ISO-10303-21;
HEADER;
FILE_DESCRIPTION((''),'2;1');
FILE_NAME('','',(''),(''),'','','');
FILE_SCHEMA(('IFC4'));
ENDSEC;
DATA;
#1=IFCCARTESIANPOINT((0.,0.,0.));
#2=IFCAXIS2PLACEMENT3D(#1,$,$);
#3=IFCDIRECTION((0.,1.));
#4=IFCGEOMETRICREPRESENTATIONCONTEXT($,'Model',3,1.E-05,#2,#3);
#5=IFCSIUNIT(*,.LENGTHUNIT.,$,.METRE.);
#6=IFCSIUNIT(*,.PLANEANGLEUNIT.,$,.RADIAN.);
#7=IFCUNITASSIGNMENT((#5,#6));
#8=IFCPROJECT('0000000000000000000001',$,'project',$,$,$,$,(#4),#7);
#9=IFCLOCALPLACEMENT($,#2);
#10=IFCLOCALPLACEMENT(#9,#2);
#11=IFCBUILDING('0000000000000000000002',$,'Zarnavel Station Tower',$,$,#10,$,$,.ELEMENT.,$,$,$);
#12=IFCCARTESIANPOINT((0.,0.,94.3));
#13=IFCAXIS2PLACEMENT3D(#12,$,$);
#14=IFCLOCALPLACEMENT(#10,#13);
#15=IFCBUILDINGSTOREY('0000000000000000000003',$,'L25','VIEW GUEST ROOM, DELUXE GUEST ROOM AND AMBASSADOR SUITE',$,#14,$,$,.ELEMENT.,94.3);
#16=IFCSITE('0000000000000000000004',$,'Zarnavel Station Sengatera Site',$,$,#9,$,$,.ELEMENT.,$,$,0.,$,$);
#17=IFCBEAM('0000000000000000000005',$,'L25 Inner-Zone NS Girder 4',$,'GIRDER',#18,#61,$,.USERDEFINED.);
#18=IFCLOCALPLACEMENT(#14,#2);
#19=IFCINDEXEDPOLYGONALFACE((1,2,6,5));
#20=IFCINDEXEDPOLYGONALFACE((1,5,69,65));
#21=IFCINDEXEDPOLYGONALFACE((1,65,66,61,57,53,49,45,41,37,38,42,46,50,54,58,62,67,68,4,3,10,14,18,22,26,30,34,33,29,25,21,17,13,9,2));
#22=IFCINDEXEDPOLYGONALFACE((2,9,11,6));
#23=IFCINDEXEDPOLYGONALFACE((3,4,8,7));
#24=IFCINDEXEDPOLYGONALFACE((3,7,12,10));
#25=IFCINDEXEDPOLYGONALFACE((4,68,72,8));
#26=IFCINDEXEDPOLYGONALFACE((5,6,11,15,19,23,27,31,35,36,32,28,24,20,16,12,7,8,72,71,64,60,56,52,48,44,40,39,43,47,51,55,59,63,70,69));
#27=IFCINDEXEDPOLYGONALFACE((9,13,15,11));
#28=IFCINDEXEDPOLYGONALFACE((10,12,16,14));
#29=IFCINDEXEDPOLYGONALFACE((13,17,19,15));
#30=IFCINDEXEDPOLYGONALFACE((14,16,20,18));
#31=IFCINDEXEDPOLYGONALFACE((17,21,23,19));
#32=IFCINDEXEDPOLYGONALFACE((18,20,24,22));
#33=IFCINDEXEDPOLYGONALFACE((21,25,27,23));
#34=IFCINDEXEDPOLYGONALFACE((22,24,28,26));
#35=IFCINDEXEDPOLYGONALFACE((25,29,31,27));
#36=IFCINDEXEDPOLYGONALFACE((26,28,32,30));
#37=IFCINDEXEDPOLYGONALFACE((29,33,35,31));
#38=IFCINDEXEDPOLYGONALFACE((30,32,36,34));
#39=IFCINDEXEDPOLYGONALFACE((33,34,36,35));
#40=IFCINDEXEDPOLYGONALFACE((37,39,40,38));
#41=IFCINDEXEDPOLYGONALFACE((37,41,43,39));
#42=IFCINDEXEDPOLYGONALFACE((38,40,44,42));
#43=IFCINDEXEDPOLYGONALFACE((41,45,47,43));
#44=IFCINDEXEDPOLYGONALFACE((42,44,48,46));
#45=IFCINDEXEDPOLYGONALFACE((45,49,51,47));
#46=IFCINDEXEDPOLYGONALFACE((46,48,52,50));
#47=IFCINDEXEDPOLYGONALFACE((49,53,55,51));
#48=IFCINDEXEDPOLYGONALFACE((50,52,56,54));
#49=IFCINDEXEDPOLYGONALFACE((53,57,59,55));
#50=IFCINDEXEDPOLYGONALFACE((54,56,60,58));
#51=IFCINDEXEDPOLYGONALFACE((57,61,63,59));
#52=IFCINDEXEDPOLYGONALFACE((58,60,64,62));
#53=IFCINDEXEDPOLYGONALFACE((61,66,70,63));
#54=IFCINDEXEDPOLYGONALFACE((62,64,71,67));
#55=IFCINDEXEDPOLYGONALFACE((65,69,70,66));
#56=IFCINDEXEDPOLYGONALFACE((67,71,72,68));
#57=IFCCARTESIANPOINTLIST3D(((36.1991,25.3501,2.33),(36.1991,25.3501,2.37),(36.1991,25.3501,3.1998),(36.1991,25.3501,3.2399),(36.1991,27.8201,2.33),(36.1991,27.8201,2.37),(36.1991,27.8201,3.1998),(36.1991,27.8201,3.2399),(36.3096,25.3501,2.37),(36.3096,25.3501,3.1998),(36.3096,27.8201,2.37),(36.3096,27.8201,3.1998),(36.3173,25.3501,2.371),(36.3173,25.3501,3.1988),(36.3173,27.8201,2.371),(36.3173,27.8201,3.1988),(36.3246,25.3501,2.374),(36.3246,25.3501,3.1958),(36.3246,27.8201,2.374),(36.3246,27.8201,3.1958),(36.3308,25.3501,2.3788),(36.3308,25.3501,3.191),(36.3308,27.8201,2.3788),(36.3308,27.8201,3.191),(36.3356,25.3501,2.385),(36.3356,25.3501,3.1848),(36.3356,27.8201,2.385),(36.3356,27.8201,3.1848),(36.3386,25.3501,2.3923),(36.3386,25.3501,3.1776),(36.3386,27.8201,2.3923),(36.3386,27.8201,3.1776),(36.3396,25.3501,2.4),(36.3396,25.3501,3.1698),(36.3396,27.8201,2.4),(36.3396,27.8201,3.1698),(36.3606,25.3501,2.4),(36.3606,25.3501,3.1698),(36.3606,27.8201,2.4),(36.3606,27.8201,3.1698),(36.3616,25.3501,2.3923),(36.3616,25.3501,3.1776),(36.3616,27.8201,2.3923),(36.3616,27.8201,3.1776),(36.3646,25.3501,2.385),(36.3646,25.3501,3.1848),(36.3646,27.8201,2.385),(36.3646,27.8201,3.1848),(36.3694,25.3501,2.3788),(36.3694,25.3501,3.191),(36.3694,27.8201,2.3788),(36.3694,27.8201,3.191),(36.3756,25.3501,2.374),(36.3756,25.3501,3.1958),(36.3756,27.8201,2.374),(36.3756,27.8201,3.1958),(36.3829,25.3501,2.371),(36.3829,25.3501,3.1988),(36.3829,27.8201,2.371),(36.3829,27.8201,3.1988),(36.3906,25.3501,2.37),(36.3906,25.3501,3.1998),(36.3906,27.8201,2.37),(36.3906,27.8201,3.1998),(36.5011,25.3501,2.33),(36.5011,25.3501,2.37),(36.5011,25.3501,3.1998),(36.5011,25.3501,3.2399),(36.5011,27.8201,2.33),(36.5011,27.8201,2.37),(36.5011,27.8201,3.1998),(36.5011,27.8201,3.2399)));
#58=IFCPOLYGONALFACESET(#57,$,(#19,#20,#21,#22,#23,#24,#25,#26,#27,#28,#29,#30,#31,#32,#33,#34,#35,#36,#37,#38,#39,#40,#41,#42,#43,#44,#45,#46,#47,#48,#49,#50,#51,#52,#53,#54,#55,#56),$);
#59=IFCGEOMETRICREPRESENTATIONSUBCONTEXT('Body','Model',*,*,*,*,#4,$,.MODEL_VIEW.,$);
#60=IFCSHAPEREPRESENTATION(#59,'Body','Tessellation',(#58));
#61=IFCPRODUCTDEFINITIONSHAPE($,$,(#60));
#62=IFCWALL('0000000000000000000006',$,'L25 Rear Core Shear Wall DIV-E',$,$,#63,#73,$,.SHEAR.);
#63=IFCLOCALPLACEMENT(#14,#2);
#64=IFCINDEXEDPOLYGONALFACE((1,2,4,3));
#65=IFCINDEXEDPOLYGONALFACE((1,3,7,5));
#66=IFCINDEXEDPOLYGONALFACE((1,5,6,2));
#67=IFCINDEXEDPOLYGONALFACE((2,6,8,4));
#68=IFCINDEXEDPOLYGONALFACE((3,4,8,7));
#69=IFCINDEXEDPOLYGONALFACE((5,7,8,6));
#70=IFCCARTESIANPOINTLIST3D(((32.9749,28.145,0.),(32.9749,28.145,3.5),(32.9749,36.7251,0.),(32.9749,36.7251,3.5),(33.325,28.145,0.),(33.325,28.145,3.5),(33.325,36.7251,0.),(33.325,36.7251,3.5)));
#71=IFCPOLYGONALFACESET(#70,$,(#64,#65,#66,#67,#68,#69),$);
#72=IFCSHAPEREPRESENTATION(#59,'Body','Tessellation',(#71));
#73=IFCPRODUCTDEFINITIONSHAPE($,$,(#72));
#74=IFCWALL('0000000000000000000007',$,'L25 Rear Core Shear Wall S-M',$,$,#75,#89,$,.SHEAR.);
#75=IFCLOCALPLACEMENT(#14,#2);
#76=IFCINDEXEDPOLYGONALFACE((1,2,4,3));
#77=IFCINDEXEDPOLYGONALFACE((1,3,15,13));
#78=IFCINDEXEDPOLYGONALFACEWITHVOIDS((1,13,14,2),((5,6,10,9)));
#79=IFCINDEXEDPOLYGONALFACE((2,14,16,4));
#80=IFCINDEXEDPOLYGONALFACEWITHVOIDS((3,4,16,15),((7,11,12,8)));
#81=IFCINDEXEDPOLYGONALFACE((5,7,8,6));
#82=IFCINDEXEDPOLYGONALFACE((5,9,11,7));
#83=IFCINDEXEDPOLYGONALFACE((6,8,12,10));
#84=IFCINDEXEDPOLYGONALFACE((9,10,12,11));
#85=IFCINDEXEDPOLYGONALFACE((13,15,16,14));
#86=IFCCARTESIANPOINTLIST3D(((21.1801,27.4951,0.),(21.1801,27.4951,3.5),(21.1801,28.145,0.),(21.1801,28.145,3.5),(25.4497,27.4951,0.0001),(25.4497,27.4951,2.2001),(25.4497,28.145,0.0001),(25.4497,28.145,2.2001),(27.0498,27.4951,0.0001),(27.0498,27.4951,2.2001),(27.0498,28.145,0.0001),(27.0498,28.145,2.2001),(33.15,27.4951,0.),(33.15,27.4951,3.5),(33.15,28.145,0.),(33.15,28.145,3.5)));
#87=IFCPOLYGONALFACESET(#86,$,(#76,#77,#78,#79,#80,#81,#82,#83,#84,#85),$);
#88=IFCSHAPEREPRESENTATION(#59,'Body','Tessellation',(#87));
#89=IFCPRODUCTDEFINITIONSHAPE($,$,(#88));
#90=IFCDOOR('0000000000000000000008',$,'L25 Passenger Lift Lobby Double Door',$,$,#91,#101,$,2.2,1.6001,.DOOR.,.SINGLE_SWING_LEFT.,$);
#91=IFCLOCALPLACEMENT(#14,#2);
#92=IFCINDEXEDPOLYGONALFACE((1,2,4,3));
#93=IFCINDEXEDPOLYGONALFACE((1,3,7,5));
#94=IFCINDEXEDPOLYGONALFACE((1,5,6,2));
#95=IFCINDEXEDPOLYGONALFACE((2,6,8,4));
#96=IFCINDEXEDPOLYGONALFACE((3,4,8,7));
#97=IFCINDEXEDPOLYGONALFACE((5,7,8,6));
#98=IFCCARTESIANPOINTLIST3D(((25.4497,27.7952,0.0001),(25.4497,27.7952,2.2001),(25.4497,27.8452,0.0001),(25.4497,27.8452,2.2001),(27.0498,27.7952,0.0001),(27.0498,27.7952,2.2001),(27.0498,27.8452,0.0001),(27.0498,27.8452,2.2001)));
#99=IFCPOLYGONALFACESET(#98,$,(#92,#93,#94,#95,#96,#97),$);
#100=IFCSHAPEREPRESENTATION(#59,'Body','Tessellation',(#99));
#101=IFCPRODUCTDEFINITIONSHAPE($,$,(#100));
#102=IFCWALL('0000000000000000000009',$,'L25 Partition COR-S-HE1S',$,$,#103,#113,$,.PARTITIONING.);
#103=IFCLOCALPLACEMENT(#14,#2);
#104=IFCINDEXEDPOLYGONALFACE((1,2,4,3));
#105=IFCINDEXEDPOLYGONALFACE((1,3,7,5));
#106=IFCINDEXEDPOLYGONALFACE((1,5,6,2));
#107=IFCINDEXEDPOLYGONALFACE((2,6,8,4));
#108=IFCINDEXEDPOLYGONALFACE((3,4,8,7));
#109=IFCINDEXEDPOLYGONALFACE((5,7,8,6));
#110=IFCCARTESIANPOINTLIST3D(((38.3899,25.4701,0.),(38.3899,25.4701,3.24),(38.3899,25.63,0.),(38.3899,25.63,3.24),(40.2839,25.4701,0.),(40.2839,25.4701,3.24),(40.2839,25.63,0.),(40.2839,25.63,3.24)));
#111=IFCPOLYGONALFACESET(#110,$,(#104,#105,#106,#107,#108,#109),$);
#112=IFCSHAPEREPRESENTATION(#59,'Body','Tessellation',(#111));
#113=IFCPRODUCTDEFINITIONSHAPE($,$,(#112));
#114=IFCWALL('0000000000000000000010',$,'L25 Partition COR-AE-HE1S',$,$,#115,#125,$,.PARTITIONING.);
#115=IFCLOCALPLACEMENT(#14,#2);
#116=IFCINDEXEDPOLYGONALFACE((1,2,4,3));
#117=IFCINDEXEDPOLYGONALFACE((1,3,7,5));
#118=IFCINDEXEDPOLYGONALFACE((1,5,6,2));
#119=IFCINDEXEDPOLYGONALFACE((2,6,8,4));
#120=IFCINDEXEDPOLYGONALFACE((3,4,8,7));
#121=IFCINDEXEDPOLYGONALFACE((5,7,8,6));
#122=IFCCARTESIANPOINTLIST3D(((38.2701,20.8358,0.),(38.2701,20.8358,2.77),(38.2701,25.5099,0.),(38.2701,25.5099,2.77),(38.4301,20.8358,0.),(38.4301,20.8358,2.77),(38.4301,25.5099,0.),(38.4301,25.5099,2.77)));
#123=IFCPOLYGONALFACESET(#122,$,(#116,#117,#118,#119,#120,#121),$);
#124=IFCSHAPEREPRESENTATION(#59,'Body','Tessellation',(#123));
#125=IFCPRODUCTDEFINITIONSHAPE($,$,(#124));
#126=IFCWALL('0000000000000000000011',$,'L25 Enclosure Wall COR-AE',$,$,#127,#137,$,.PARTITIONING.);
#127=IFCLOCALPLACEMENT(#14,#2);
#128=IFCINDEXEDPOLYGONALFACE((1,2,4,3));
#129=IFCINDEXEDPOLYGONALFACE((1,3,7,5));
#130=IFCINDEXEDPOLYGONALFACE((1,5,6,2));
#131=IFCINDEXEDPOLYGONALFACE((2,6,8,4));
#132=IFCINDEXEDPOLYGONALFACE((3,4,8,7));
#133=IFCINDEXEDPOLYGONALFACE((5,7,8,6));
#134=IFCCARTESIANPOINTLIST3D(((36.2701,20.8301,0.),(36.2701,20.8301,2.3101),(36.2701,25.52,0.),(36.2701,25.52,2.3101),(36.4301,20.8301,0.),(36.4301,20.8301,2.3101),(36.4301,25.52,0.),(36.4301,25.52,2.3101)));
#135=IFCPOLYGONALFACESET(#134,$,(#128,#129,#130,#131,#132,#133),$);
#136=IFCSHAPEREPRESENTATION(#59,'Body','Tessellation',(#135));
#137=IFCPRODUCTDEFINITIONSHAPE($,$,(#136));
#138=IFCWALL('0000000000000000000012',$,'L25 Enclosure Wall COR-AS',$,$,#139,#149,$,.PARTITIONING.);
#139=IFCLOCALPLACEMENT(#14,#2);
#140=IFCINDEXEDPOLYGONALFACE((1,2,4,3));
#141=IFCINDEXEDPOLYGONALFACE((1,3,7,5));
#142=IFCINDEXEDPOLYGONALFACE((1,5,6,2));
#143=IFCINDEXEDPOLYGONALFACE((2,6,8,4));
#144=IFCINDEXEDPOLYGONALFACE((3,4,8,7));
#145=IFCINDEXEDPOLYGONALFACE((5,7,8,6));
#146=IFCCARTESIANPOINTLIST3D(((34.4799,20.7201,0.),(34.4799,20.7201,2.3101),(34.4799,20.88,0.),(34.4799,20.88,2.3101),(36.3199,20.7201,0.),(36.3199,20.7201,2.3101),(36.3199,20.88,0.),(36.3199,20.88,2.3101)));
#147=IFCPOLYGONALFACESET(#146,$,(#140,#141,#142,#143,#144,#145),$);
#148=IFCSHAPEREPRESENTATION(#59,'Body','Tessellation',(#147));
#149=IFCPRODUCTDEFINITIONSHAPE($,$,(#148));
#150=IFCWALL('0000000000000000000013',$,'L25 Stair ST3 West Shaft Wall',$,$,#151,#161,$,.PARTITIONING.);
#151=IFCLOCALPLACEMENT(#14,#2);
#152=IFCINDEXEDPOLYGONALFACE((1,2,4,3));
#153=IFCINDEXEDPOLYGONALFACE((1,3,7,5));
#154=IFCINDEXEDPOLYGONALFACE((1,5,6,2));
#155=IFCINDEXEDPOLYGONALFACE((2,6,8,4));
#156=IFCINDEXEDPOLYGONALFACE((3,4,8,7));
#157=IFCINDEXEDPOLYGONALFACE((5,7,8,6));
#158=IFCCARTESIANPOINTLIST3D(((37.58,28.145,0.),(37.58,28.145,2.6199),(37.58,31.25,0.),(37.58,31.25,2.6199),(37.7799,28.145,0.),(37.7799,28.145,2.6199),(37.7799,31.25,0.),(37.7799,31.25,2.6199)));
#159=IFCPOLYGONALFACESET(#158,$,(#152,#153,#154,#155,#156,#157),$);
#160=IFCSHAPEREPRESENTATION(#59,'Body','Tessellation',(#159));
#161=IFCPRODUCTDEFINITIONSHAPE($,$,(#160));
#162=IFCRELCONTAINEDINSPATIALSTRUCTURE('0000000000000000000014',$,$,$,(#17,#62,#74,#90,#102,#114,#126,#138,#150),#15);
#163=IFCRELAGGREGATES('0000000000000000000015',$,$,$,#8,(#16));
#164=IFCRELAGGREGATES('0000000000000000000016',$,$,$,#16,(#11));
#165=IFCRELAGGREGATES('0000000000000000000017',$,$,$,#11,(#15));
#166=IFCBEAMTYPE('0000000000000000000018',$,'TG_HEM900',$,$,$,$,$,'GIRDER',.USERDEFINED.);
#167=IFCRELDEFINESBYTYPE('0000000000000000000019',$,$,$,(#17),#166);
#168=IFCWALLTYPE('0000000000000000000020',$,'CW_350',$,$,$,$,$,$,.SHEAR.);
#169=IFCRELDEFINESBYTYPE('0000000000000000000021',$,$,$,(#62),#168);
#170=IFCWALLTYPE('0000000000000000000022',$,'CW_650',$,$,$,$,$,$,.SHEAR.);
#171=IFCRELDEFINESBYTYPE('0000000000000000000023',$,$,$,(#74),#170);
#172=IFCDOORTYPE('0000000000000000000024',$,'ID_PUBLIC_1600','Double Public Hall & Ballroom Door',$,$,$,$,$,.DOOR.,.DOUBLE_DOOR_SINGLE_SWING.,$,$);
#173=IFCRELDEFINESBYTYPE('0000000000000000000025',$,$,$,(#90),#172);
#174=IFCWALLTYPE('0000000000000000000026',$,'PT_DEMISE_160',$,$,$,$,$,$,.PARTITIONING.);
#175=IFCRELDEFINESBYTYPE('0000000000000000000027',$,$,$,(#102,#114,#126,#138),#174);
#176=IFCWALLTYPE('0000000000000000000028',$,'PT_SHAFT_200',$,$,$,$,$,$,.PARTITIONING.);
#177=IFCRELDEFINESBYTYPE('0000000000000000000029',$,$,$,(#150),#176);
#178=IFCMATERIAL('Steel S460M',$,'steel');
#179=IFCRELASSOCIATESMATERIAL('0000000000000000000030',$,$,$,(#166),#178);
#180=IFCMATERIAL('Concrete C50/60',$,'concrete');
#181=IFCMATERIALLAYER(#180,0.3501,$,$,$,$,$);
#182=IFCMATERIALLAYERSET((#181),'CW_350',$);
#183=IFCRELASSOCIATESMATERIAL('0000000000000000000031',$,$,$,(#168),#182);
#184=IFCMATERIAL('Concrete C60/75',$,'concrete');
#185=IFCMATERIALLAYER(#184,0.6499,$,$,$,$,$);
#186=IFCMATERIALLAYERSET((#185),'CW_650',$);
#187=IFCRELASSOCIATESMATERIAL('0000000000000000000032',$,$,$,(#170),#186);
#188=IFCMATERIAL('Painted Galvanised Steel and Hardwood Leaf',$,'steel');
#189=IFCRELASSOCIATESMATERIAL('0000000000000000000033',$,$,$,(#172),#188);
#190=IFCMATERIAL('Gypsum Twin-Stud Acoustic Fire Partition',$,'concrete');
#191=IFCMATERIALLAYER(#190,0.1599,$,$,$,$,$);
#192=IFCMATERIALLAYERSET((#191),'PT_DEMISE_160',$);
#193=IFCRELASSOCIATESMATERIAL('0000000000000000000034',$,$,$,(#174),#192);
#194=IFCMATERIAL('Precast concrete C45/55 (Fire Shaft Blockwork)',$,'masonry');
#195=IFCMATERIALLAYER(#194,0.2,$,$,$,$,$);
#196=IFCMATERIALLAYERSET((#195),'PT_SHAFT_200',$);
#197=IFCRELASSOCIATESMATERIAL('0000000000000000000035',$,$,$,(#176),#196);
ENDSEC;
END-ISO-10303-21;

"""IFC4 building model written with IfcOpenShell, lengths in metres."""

from ifc_helpers import new_model, si_unit, direction, frame, frame_2d, origin, origin_2d, place, context, subcontext, project, spatial, rectangle, i_section, extrude, material, layer, layer_set, material_profile, profile_set, type_object, element, fill, save


model = new_model("IFC4")

# Units and contexts
model_context = context("Model", 3, precision=1e-05, world=origin(), true_north=direction((0.0, 1.0)))
body_context = subcontext(model_context, "Body", "Model", "MODEL_VIEW")
ifc_project = project(units=[si_unit("LENGTHUNIT", "METRE"), si_unit("PLANEANGLEUNIT", "RADIAN")], contexts=[model_context])

# Site, building, storey
site_placement = place(None, origin())
site = spatial("IfcSite", under=ifc_project, at=site_placement, Name="Zarnavel Station Sengatera Site", CompositionType="ELEMENT", RefElevation=0.0)
building_placement = place(site_placement, origin())
building = spatial("IfcBuilding", under=site, at=building_placement, Name="Zarnavel Station Tower", CompositionType="ELEMENT")
storey_placement = place(building_placement, frame((0.0, 0.0, 94.3)))
storey = spatial("IfcBuildingStorey", under=building, at=storey_placement, Name="L25", Description="VIEW GUEST ROOM, DELUXE GUEST ROOM AND AMBASSADOR SUITE", CompositionType="ELEMENT", Elevation=94.3)

# Beam
ifc_material_1 = material(Name="Steel S460M", Category="steel")
ifc_material_profile_1 = material_profile(ifc_material_1, i_section(OverallWidth=0.302, OverallDepth=0.9099, WebThickness=0.021, FlangeThickness=0.04, FilletRadius=0.03, at=origin_2d()), Name="HEM900")
ifc_profile_set_1 = profile_set([ifc_material_profile_1], Name="Steel S460M")
beam_type_1 = type_object("IfcBeamType", Name="TG_HEM900", ElementType="GIRDER", PredefinedType="USERDEFINED", material=ifc_profile_set_1)
beam_1_placement = place(storey_placement, frame((36.3501, 25.3501, 2.7849), z_axis=(0.0, 1.0, 0.0), x_axis=(-1.0, 0.0, 0.0)))
element("IfcBeam", 1, at=beam_1_placement, inside=storey, type_object=beam_type_1, Name="L25 Inner-Zone NS Girder 4", ObjectType="GIRDER", PredefinedType="USERDEFINED", context=body_context, shape_type="SweptSolid", body=[
    extrude(i_section(OverallWidth=0.302, OverallDepth=0.9099, WebThickness=0.021, FlangeThickness=0.04, FilletRadius=0.03, at=origin_2d()), origin(), (0.0, 0.0, 1.0), 2.47),
])

# Wall
ifc_material_2 = material(Name="Concrete C50/60", Category="concrete")
ifc_layer_1 = layer(ifc_material_2, 0.3501)
ifc_layer_set_1 = layer_set([ifc_layer_1], Name="CW_350")
wall_type_1 = type_object("IfcWallType", Name="CW_350", PredefinedType="SHEAR", material=ifc_layer_set_1)
wall_1_placement = place(storey_placement, frame((33.1499, 28.145, 0.0), z_axis=(0.0, 0.0, 1.0), x_axis=(0.0, 1.0, 0.0)))
element("IfcWall", 2, at=wall_1_placement, inside=storey, type_object=wall_type_1, Name="L25 Rear Core Shear Wall DIV-E", PredefinedType="SHEAR", context=body_context, shape_type="SweptSolid", body=[
    extrude(rectangle(XDim=8.5801, YDim=0.3501, at=frame_2d((4.29, 0.0))), origin(), (0.0, 0.0, 1.0), 3.5),
])

# Wall, opening, door
ifc_material_3 = material(Name="Concrete C60/75", Category="concrete")
ifc_layer_2 = layer(ifc_material_3, 0.6499)
ifc_layer_set_2 = layer_set([ifc_layer_2], Name="CW_650")
wall_type_2 = type_object("IfcWallType", Name="CW_650", PredefinedType="SHEAR", material=ifc_layer_set_2)
wall_2_placement = place(storey_placement, frame((33.1499, 27.8201, 0.0), z_axis=(0.0, 0.0, 1.0), x_axis=(-1.0, 0.0, 0.0)))
wall_2 = element("IfcWall", 3, at=wall_2_placement, inside=storey, type_object=wall_type_2, Name="L25 Rear Core Shear Wall S-M", PredefinedType="SHEAR", context=body_context, shape_type="SweptSolid", body=[
    extrude(rectangle(XDim=11.97, YDim=0.6499, at=frame_2d((5.9849, 0.0))), origin(), (0.0, 0.0, 1.0), 3.5),
])
opening_1_placement = place(wall_2_placement, frame((6.1001, 0.0, 0.0)))
opening_1 = element("IfcOpeningElement", 4, at=opening_1_placement, cuts=wall_2, PredefinedType="OPENING", context=body_context, shape_type="SweptSolid", body=[
    extrude(rectangle(XDim=1.6001, YDim=2.2, at=frame_2d((0.8, 1.1001))), frame((0.0, 0.335, 0.0), z_axis=(0.0, -1.0, 0.0), x_axis=(1.0, 0.0, 0.0)), (0.0, 0.0, 1.0), 0.6699),
])
ifc_material_4 = material(Name="Painted Galvanised Steel and Hardwood Leaf", Category="steel")
door_type_1 = type_object("IfcDoorType", Name="ID_PUBLIC_1600", Description="Double Public Hall & Ballroom Door", OperationType="DOUBLE_DOOR_SINGLE_SWING", PredefinedType="DOOR", material=ifc_material_4)
door_1_placement = place(opening_1_placement, origin())
door_1 = element("IfcDoor", 5, at=door_1_placement, inside=storey, type_object=door_type_1, Name="L25 Passenger Lift Lobby Double Door", OperationType="SINGLE_SWING_LEFT", OverallHeight=2.2, OverallWidth=1.6001, PredefinedType="DOOR", context=body_context, shape_type="SweptSolid", body=[
    extrude(rectangle(XDim=1.6001, YDim=2.2, at=frame_2d((0.8, 1.1001))), frame((0.0, 0.0249, 0.0), z_axis=(0.0, -1.0, 0.0), x_axis=(1.0, 0.0, 0.0)), (0.0, 0.0, 1.0), 0.05),
])
fill(opening_1, door_1)

# Walls
ifc_material_5 = material(Name="Gypsum Twin-Stud Acoustic Fire Partition", Category="concrete")
ifc_layer_3 = layer(ifc_material_5, 0.1599)
ifc_layer_set_3 = layer_set([ifc_layer_3], Name="PT_DEMISE_160")
wall_type_3 = type_object("IfcWallType", Name="PT_DEMISE_160", PredefinedType="PARTITIONING", material=ifc_layer_set_3)
wall_3_placement = place(storey_placement, frame((38.3899, 25.55, 0.0), z_axis=(0.0, 0.0, 1.0), x_axis=(1.0, 0.0, 0.0)))
element("IfcWall", 6, at=wall_3_placement, inside=storey, type_object=wall_type_3, Name="L25 Partition COR-S-HE1S", PredefinedType="PARTITIONING", context=body_context, shape_type="SweptSolid", body=[
    extrude(rectangle(XDim=1.894, YDim=0.1599, at=frame_2d((0.947, 0.0))), origin(), (0.0, 0.0, 1.0), 3.24),
])
wall_4_placement = place(storey_placement, frame((38.3501, 20.8359, 0.0), z_axis=(0.0, 0.0, 1.0), x_axis=(0.0, 1.0, 0.0)))
element("IfcWall", 7, at=wall_4_placement, inside=storey, type_object=wall_type_3, Name="L25 Partition COR-AE-HE1S", PredefinedType="PARTITIONING", context=body_context, shape_type="SweptSolid", body=[
    extrude(rectangle(XDim=4.6741, YDim=0.1599, at=frame_2d((2.3369, 0.0))), origin(), (0.0, 0.0, 1.0), 2.77),
])
wall_5_placement = place(storey_placement, frame((36.3501, 20.8301, 0.0), z_axis=(0.0, 0.0, 1.0), x_axis=(0.0, 1.0, 0.0)))
element("IfcWall", 8, at=wall_5_placement, inside=storey, type_object=wall_type_3, Name="L25 Enclosure Wall COR-AE", PredefinedType="PARTITIONING", context=body_context, shape_type="SweptSolid", body=[
    extrude(rectangle(XDim=4.6899, YDim=0.1599, at=frame_2d((2.345, 0.0))), origin(), (0.0, 0.0, 1.0), 2.3101),
])
wall_6_placement = place(storey_placement, frame((34.48, 20.8, 0.0), z_axis=(0.0, 0.0, 1.0), x_axis=(1.0, 0.0, 0.0)))
element("IfcWall", 9, at=wall_6_placement, inside=storey, type_object=wall_type_3, Name="L25 Enclosure Wall COR-AS", PredefinedType="PARTITIONING", context=body_context, shape_type="SweptSolid", body=[
    extrude(rectangle(XDim=1.8401, YDim=0.1599, at=frame_2d((0.9199, 0.0))), origin(), (0.0, 0.0, 1.0), 2.3101),
])
ifc_material_6 = material(Name="Precast concrete C45/55 (Fire Shaft Blockwork)", Category="masonry")
ifc_layer_4 = layer(ifc_material_6, 0.2)
ifc_layer_set_4 = layer_set([ifc_layer_4], Name="PT_SHAFT_200")
wall_type_4 = type_object("IfcWallType", Name="PT_SHAFT_200", PredefinedType="PARTITIONING", material=ifc_layer_set_4)
wall_7_placement = place(storey_placement, frame((37.6799, 28.145, 0.0), z_axis=(0.0, 0.0, 1.0), x_axis=(0.0, 1.0, 0.0)))
element("IfcWall", 10, at=wall_7_placement, inside=storey, type_object=wall_type_4, Name="L25 Stair ST3 West Shaft Wall", PredefinedType="PARTITIONING", context=body_context, shape_type="SweptSolid", body=[
    extrude(rectangle(XDim=3.105, YDim=0.2, at=frame_2d((1.5525, 0.0))), origin(), (0.0, 0.0, 1.0), 2.6199),
])

save(model, "model.ifc")
